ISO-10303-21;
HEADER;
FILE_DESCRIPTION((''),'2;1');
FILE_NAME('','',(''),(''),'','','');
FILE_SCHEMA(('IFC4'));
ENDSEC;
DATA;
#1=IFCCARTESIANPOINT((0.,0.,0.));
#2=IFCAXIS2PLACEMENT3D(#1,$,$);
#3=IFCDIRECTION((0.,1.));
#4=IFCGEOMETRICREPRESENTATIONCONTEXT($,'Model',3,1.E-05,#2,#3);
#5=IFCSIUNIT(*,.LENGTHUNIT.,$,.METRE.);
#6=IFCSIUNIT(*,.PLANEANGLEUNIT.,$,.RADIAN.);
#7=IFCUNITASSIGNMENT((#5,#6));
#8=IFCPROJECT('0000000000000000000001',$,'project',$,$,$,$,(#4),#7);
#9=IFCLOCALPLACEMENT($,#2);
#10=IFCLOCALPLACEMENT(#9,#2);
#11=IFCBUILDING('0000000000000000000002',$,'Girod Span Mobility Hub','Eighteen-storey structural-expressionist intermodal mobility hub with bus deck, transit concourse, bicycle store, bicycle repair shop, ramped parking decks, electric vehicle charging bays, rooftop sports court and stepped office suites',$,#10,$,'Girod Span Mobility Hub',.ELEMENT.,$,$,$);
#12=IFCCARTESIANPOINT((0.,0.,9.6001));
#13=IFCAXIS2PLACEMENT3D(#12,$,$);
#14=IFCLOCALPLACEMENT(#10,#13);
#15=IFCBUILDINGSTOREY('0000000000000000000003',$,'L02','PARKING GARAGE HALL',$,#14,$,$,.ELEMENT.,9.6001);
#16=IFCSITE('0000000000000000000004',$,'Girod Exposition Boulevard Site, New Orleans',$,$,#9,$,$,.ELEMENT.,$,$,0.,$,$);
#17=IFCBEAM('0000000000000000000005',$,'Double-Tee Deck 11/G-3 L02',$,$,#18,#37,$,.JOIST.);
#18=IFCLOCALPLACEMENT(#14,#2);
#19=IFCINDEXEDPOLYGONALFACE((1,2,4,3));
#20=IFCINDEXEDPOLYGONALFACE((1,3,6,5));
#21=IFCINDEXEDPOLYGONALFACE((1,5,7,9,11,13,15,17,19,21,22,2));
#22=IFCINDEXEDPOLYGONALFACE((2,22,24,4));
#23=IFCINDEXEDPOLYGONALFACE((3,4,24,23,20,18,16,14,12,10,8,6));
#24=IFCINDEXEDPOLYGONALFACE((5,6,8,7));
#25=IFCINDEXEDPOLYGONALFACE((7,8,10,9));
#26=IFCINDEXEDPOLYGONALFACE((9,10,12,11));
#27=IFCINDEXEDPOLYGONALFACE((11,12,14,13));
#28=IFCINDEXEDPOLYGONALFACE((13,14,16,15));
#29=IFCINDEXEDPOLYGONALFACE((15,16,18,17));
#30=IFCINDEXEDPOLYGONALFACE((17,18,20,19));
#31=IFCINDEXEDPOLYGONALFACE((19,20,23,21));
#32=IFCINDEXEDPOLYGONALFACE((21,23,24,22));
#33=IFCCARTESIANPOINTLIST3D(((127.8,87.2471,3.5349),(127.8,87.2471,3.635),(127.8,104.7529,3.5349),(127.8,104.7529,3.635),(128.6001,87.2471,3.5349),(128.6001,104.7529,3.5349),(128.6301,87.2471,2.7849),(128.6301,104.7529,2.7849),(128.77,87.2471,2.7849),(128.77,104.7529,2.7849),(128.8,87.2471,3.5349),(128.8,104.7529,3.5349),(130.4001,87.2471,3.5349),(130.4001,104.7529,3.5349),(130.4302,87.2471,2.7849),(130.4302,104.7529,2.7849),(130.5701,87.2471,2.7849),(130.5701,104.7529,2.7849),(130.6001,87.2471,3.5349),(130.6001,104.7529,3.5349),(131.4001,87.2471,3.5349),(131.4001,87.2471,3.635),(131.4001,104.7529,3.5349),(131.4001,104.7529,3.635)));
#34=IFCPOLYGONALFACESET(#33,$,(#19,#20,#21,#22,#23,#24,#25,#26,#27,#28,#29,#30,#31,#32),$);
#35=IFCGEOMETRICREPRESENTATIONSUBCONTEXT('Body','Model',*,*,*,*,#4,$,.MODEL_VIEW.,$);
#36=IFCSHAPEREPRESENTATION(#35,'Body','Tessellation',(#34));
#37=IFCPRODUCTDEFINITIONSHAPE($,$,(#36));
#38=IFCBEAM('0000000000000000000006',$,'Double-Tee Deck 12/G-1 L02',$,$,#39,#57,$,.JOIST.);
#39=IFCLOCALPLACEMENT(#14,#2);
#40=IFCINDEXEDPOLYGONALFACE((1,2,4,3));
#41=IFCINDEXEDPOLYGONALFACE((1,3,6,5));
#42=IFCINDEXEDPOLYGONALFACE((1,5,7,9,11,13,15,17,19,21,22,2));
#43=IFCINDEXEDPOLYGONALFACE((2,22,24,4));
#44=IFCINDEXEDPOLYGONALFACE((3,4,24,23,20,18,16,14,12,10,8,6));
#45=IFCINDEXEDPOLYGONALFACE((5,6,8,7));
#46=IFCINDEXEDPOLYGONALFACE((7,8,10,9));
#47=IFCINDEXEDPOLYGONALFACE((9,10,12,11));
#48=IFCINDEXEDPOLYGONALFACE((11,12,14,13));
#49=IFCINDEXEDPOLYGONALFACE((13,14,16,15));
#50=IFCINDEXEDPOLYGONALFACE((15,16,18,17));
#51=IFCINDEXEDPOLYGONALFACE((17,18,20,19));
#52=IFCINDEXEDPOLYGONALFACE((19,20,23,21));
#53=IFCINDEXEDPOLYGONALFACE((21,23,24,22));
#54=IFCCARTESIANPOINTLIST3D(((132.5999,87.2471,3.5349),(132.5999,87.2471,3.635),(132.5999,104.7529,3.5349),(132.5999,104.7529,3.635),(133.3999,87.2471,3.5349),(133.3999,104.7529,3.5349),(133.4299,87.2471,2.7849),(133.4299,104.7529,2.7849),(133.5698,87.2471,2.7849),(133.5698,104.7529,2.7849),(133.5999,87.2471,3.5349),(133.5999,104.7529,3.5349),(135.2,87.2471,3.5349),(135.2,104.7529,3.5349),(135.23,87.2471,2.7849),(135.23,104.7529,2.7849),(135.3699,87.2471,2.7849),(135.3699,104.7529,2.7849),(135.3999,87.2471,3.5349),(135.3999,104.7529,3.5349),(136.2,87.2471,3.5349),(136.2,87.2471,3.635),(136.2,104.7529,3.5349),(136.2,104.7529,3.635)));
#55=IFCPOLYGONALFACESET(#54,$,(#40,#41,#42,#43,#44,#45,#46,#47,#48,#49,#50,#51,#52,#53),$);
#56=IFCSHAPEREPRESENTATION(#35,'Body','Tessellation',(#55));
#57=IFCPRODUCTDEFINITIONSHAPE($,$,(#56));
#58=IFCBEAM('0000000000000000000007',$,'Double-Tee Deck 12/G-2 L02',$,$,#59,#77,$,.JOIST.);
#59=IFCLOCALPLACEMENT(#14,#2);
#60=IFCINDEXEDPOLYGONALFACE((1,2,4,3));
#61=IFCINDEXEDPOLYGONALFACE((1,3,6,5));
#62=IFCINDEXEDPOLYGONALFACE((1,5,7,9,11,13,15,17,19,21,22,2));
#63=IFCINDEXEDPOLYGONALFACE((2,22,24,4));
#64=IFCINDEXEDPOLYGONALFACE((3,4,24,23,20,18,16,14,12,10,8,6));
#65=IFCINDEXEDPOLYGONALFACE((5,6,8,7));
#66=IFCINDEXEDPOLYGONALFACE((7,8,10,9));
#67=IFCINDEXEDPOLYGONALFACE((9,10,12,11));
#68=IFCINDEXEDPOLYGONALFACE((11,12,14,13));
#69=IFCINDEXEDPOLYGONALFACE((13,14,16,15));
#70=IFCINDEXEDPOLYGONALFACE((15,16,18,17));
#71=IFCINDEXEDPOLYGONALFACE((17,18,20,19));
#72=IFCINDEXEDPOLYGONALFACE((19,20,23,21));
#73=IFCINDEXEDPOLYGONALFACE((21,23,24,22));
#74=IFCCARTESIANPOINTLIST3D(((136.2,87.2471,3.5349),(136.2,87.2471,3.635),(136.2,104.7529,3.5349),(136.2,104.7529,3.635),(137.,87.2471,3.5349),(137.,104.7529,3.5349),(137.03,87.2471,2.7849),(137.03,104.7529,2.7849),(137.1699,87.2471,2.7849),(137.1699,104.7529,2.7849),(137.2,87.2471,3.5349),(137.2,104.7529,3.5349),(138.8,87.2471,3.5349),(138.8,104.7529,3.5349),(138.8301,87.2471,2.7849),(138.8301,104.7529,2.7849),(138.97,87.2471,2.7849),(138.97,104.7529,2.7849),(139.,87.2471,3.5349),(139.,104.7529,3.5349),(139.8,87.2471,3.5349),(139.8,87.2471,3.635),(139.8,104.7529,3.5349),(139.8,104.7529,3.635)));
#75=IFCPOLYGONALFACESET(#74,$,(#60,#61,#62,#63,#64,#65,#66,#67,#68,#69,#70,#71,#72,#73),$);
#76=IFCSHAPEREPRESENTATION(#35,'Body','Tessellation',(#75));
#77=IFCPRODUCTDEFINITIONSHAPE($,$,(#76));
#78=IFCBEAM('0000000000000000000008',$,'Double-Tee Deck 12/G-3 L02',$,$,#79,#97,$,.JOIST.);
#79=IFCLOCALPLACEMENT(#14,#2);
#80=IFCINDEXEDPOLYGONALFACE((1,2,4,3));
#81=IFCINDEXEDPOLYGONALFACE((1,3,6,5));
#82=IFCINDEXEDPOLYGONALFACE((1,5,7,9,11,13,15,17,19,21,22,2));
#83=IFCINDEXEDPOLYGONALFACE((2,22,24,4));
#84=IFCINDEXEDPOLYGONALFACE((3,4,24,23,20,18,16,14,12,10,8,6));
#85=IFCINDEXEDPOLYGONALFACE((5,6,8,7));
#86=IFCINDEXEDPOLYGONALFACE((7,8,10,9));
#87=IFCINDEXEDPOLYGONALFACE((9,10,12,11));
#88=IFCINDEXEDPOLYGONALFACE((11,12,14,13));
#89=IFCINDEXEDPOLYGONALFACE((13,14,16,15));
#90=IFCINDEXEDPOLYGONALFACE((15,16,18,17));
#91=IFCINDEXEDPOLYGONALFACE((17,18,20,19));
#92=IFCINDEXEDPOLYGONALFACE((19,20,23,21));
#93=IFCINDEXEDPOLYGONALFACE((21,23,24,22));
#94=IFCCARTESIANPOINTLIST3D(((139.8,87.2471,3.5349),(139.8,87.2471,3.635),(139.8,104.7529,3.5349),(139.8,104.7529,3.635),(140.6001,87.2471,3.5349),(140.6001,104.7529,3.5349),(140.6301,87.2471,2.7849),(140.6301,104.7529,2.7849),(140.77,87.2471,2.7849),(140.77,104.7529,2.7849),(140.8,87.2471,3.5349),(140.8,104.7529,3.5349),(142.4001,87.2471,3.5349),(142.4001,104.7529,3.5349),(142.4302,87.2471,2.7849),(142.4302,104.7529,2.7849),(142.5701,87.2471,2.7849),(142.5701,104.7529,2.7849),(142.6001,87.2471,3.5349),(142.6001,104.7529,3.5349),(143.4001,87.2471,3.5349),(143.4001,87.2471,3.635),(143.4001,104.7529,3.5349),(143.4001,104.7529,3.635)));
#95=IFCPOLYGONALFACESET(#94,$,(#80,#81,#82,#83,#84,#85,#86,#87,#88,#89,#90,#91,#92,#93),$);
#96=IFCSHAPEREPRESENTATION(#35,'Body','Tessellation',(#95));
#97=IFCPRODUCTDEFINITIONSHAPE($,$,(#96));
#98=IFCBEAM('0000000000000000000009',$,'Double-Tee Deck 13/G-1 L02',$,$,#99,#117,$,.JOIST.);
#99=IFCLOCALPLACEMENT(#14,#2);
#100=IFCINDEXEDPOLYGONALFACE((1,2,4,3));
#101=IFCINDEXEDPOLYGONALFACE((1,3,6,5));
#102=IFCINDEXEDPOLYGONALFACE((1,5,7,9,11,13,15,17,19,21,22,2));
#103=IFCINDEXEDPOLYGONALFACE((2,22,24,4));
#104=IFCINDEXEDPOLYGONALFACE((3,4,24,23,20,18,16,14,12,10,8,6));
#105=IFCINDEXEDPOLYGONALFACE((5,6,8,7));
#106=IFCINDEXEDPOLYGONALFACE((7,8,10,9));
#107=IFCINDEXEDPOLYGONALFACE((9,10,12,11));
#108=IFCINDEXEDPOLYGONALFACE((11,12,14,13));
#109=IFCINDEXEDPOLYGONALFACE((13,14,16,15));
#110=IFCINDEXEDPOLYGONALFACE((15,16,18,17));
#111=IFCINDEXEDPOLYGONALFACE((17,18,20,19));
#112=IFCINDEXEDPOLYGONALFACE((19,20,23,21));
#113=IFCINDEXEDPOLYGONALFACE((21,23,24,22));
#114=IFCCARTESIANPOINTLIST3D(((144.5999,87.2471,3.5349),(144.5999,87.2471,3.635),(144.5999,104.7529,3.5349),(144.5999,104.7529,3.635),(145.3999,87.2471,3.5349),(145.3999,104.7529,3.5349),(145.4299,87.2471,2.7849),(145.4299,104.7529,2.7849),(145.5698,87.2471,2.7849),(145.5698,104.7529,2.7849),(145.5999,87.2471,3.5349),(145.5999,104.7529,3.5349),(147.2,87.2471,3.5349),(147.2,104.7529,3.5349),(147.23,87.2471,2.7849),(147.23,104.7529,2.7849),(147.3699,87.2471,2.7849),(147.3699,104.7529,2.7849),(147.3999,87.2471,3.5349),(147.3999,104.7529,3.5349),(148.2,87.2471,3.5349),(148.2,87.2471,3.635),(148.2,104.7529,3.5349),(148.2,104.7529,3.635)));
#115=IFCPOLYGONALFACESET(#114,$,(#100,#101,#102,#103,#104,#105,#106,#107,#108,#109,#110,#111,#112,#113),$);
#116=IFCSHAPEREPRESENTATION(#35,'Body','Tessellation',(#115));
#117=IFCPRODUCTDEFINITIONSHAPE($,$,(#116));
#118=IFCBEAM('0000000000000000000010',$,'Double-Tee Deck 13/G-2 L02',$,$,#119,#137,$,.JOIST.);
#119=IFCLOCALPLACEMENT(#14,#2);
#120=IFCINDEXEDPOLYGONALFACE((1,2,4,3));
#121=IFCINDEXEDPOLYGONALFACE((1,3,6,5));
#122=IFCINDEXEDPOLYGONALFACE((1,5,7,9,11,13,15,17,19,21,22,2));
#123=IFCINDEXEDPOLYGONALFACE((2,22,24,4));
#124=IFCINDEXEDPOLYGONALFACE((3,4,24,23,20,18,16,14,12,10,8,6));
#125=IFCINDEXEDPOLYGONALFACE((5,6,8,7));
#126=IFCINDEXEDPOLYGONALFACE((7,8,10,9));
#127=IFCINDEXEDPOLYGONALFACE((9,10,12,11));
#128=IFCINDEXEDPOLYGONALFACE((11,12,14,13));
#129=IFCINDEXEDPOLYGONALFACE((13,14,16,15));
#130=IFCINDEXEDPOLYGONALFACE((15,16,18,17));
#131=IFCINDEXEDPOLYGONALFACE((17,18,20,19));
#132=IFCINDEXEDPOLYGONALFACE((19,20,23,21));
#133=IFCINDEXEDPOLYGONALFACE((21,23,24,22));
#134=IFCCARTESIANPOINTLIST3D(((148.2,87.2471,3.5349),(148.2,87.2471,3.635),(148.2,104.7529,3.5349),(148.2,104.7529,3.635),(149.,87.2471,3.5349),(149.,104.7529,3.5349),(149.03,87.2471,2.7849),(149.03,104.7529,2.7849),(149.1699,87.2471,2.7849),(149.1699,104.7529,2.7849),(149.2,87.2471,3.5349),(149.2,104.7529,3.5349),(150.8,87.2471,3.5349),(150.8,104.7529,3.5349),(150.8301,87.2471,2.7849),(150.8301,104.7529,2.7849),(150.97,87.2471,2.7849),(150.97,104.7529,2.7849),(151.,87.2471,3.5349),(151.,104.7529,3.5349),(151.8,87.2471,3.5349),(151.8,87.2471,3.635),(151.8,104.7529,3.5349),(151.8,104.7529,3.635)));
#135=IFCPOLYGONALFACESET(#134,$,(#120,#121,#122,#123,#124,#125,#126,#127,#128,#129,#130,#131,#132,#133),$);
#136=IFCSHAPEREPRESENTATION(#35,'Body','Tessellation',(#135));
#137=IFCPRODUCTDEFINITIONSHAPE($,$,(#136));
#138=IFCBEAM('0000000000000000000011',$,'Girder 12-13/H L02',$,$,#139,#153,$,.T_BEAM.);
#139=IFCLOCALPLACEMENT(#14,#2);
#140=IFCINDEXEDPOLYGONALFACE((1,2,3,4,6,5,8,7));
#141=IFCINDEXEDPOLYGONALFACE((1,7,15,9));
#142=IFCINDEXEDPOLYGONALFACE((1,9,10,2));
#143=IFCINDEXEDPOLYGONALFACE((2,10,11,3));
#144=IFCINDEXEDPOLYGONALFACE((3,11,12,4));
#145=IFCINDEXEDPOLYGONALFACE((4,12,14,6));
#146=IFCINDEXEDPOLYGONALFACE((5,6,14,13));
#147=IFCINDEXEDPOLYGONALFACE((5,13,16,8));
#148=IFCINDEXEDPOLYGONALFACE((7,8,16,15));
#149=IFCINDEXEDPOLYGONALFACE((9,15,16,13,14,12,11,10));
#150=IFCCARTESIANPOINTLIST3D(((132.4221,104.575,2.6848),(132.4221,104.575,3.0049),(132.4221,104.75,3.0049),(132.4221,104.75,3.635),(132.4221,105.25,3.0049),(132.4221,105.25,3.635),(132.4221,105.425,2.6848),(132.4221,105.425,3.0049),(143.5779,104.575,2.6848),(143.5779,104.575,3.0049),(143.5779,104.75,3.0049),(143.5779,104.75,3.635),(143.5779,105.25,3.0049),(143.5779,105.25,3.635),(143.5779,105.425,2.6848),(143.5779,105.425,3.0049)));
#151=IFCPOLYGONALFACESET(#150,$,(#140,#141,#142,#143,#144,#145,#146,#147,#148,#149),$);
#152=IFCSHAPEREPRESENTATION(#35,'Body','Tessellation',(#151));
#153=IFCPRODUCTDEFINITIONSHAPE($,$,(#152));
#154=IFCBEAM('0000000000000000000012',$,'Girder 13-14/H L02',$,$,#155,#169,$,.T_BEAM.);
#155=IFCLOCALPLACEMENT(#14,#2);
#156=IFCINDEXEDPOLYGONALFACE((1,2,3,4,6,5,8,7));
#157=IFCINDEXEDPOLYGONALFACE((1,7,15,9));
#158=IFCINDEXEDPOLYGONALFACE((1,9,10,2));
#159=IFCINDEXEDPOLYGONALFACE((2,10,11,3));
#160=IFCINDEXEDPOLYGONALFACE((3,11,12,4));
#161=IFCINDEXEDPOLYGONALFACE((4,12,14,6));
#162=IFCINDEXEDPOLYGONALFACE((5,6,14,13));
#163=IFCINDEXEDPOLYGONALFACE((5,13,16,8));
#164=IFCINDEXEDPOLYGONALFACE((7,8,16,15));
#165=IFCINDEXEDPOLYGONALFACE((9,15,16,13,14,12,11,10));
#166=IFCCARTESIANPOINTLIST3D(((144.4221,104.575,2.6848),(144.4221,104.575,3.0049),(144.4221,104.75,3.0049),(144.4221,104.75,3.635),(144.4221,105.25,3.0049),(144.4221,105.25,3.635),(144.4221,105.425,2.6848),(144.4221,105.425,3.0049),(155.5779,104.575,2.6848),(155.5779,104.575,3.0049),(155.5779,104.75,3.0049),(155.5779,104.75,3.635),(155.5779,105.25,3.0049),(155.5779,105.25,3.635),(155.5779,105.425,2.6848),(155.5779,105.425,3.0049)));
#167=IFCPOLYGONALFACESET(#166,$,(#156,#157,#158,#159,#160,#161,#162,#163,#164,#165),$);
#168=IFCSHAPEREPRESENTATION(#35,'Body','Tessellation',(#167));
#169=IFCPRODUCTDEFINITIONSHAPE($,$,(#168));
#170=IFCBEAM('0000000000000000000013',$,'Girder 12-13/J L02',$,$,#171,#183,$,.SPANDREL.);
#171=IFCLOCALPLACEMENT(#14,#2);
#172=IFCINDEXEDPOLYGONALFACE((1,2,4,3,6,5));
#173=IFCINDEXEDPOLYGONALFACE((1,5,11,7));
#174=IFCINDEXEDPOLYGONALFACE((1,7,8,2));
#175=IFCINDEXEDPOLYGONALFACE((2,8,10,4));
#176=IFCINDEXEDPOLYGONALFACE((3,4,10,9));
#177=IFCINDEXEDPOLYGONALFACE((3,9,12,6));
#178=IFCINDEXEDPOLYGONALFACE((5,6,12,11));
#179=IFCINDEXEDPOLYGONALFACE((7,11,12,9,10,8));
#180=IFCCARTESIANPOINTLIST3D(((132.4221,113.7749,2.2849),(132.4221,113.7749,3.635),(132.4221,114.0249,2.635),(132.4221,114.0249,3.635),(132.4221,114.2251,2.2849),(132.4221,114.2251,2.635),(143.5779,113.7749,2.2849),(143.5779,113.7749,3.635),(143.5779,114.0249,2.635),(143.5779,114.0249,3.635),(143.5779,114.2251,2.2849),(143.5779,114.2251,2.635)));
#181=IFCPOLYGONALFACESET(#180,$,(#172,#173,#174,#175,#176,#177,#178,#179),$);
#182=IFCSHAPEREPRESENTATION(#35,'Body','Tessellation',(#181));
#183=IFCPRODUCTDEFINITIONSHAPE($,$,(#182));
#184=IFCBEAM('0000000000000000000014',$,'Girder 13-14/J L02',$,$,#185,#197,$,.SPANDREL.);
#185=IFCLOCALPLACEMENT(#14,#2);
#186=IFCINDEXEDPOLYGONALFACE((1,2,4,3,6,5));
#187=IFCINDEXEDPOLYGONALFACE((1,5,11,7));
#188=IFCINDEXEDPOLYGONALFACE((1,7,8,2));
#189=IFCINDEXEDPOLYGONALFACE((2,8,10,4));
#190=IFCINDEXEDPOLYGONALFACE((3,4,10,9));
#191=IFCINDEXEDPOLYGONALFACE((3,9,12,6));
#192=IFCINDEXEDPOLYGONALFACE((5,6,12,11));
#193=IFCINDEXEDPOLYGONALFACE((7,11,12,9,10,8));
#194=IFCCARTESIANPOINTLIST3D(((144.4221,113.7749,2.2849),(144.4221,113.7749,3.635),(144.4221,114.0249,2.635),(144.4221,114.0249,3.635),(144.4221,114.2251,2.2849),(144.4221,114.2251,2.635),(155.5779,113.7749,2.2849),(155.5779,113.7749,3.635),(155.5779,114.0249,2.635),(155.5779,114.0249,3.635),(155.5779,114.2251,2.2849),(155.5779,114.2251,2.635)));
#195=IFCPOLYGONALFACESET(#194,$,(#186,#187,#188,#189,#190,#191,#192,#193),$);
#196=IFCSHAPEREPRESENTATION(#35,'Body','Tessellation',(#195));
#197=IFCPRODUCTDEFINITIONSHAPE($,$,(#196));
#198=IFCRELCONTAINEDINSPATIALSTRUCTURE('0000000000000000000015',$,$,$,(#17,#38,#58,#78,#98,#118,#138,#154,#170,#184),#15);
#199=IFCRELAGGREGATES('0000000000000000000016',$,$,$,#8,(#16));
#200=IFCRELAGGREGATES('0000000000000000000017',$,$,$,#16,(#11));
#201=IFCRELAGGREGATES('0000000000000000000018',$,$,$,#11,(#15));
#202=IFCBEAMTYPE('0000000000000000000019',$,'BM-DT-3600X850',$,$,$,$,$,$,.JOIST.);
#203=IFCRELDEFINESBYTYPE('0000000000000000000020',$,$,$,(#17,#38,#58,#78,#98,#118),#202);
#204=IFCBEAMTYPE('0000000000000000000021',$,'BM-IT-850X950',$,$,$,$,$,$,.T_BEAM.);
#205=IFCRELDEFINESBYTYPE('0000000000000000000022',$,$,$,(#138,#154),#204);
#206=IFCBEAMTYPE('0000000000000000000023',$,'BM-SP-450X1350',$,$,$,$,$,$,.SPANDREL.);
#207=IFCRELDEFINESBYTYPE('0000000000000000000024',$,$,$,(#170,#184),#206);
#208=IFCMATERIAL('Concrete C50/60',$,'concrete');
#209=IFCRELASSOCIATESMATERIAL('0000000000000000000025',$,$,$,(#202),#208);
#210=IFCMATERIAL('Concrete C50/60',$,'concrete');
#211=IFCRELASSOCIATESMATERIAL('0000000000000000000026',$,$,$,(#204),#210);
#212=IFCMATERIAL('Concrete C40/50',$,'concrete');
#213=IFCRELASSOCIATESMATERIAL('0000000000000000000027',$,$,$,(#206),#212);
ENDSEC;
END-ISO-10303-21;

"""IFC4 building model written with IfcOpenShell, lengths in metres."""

from ifc_helpers import new_model, si_unit, direction, frame, origin, place, context, subcontext, project, spatial, polyline, outline, extrude, material, material_profile, profile_set, type_object, element, save


model = new_model("IFC4")

# Units and contexts
model_context = context("Model", 3, precision=1e-05, world=origin(), true_north=direction((0.0, 1.0)))
body_context = subcontext(model_context, "Body", "Model", "MODEL_VIEW")
ifc_project = project(units=[si_unit("LENGTHUNIT", "METRE"), si_unit("PLANEANGLEUNIT", "RADIAN")], contexts=[model_context])

# Site, building, storey
site_placement = place(None, origin())
site = spatial("IfcSite", under=ifc_project, at=site_placement, Name="Girod Exposition Boulevard Site, New Orleans", CompositionType="ELEMENT", RefElevation=0.0)
building_placement = place(site_placement, origin())
building = spatial("IfcBuilding", under=site, at=building_placement, Name="Girod Span Mobility Hub", Description="Eighteen-storey structural-expressionist intermodal mobility hub with bus deck, transit concourse, bicycle store, bicycle repair shop, ramped parking decks, electric vehicle charging bays, rooftop sports court and stepped office suites", LongName="Girod Span Mobility Hub", CompositionType="ELEMENT")
storey_placement = place(building_placement, frame((0.0, 0.0, 9.6001)))
storey = spatial("IfcBuildingStorey", under=building, at=storey_placement, Name="L02", Description="PARKING GARAGE HALL", CompositionType="ELEMENT", Elevation=9.6001)

# Beams
ifc_material_1 = material(Name="Concrete C50/60", Category="concrete")
ifc_material_profile_1 = material_profile(ifc_material_1, outline(polyline([(-1.8, 0.425), (-1.8, 0.325), (-1.0, 0.325), (-0.97, -0.425), (-0.8301, -0.425), (-0.8, 0.325), (0.8, 0.325), (0.8301, -0.425), (0.97, -0.425), (1.0, 0.325), (1.8, 0.325), (1.8, 0.425), (-1.8, 0.425)])), Name="DT-3600X850")
ifc_profile_set_1 = profile_set([ifc_material_profile_1], Name="Concrete C50/60")
beam_type_1 = type_object("IfcBeamType", Name="BM-DT-3600X850", PredefinedType="JOIST", material=ifc_profile_set_1)
for number, where, z_axis, x_axis, name in (
    (1, (129.6001, 87.2471, 3.21), (0.0, 1.0, 0.0), (-1.0, 0.0, 0.0), "Double-Tee Deck 11/G-3 L02"),
    (2, (134.3999, 87.2471, 3.21), (0.0, 1.0, 0.0), (-1.0, 0.0, 0.0), "Double-Tee Deck 12/G-1 L02"),
    (3, (138.0, 87.2471, 3.21), (0.0, 1.0, 0.0), (-1.0, 0.0, 0.0), "Double-Tee Deck 12/G-2 L02"),
    (4, (141.6001, 87.2471, 3.21), (0.0, 1.0, 0.0), (-1.0, 0.0, 0.0), "Double-Tee Deck 12/G-3 L02"),
    (5, (146.3999, 87.2471, 3.21), (0.0, 1.0, 0.0), (-1.0, 0.0, 0.0), "Double-Tee Deck 13/G-1 L02"),
    (6, (150.0, 87.2471, 3.21), (0.0, 1.0, 0.0), (-1.0, 0.0, 0.0), "Double-Tee Deck 13/G-2 L02"),
):
    element("IfcBeam", number, at=place(storey_placement, frame(where, z_axis=z_axis, x_axis=x_axis)), inside=storey, type_object=beam_type_1, Name=name, PredefinedType="JOIST", context=body_context, shape_type="SweptSolid", body=[
        extrude(outline(polyline([(-1.8, 0.425), (-1.8, 0.325), (-1.0, 0.325), (-0.97, -0.425), (-0.8301, -0.425), (-0.8, 0.325), (0.8, 0.325), (0.8301, -0.425), (0.97, -0.425), (1.0, 0.325), (1.8, 0.325), (1.8, 0.425), (-1.8, 0.425)])), origin(), (0.0, 0.0, 1.0), 17.5059),
    ])
ifc_material_2 = material(Name="Concrete C50/60", Category="concrete")
ifc_material_profile_2 = material_profile(ifc_material_2, outline(polyline([(-0.425, -0.4751), (0.425, -0.4751), (0.425, -0.155), (0.25, -0.155), (0.25, 0.4751), (-0.25, 0.4751), (-0.25, -0.155), (-0.425, -0.155), (-0.425, -0.4751)])), Name="IT-850X950")
ifc_profile_set_2 = profile_set([ifc_material_profile_2], Name="Concrete C50/60")
beam_type_2 = type_object("IfcBeamType", Name="BM-IT-850X950", PredefinedType="T_BEAM", material=ifc_profile_set_2)
for number, where, z_axis, x_axis, name in (
    (7, (132.4221, 105.0, 3.1599), (1.0, 0.0, 0.0), (0.0, 1.0, 0.0), "Girder 12-13/H L02"),
    (8, (144.4221, 105.0, 3.1599), (1.0, 0.0, 0.0), (0.0, 1.0, 0.0), "Girder 13-14/H L02"),
):
    element("IfcBeam", number, at=place(storey_placement, frame(where, z_axis=z_axis, x_axis=x_axis)), inside=storey, type_object=beam_type_2, Name=name, PredefinedType="T_BEAM", context=body_context, shape_type="SweptSolid", body=[
        extrude(outline(polyline([(-0.425, -0.4751), (0.425, -0.4751), (0.425, -0.155), (0.25, -0.155), (0.25, 0.4751), (-0.25, 0.4751), (-0.25, -0.155), (-0.425, -0.155), (-0.425, -0.4751)])), origin(), (0.0, 0.0, 1.0), 11.1558),
    ])
ifc_material_3 = material(Name="Concrete C40/50", Category="concrete")
ifc_material_profile_3 = material_profile(ifc_material_3, outline(polyline([(-0.2251, -0.675), (0.2251, -0.675), (0.2251, -0.325), (0.0249, -0.325), (0.0249, 0.675), (-0.2251, 0.675), (-0.2251, -0.675)])), Name="SP-450X1350")
ifc_profile_set_3 = profile_set([ifc_material_profile_3], Name="Concrete C40/50")
beam_type_3 = type_object("IfcBeamType", Name="BM-SP-450X1350", PredefinedType="SPANDREL", material=ifc_profile_set_3)
for number, where, z_axis, x_axis, name in (
    (9, (132.4221, 114.0, 2.96), (1.0, 0.0, 0.0), (0.0, 1.0, 0.0), "Girder 12-13/J L02"),
    (10, (144.4221, 114.0, 2.96), (1.0, 0.0, 0.0), (0.0, 1.0, 0.0), "Girder 13-14/J L02"),
):
    element("IfcBeam", number, at=place(storey_placement, frame(where, z_axis=z_axis, x_axis=x_axis)), inside=storey, type_object=beam_type_3, Name=name, PredefinedType="SPANDREL", context=body_context, shape_type="SweptSolid", body=[
        extrude(outline(polyline([(-0.2251, -0.675), (0.2251, -0.675), (0.2251, -0.325), (0.0249, -0.325), (0.0249, 0.675), (-0.2251, 0.675), (-0.2251, -0.675)])), origin(), (0.0, 0.0, 1.0), 11.1558),
    ])

save(model, "model.ifc")
